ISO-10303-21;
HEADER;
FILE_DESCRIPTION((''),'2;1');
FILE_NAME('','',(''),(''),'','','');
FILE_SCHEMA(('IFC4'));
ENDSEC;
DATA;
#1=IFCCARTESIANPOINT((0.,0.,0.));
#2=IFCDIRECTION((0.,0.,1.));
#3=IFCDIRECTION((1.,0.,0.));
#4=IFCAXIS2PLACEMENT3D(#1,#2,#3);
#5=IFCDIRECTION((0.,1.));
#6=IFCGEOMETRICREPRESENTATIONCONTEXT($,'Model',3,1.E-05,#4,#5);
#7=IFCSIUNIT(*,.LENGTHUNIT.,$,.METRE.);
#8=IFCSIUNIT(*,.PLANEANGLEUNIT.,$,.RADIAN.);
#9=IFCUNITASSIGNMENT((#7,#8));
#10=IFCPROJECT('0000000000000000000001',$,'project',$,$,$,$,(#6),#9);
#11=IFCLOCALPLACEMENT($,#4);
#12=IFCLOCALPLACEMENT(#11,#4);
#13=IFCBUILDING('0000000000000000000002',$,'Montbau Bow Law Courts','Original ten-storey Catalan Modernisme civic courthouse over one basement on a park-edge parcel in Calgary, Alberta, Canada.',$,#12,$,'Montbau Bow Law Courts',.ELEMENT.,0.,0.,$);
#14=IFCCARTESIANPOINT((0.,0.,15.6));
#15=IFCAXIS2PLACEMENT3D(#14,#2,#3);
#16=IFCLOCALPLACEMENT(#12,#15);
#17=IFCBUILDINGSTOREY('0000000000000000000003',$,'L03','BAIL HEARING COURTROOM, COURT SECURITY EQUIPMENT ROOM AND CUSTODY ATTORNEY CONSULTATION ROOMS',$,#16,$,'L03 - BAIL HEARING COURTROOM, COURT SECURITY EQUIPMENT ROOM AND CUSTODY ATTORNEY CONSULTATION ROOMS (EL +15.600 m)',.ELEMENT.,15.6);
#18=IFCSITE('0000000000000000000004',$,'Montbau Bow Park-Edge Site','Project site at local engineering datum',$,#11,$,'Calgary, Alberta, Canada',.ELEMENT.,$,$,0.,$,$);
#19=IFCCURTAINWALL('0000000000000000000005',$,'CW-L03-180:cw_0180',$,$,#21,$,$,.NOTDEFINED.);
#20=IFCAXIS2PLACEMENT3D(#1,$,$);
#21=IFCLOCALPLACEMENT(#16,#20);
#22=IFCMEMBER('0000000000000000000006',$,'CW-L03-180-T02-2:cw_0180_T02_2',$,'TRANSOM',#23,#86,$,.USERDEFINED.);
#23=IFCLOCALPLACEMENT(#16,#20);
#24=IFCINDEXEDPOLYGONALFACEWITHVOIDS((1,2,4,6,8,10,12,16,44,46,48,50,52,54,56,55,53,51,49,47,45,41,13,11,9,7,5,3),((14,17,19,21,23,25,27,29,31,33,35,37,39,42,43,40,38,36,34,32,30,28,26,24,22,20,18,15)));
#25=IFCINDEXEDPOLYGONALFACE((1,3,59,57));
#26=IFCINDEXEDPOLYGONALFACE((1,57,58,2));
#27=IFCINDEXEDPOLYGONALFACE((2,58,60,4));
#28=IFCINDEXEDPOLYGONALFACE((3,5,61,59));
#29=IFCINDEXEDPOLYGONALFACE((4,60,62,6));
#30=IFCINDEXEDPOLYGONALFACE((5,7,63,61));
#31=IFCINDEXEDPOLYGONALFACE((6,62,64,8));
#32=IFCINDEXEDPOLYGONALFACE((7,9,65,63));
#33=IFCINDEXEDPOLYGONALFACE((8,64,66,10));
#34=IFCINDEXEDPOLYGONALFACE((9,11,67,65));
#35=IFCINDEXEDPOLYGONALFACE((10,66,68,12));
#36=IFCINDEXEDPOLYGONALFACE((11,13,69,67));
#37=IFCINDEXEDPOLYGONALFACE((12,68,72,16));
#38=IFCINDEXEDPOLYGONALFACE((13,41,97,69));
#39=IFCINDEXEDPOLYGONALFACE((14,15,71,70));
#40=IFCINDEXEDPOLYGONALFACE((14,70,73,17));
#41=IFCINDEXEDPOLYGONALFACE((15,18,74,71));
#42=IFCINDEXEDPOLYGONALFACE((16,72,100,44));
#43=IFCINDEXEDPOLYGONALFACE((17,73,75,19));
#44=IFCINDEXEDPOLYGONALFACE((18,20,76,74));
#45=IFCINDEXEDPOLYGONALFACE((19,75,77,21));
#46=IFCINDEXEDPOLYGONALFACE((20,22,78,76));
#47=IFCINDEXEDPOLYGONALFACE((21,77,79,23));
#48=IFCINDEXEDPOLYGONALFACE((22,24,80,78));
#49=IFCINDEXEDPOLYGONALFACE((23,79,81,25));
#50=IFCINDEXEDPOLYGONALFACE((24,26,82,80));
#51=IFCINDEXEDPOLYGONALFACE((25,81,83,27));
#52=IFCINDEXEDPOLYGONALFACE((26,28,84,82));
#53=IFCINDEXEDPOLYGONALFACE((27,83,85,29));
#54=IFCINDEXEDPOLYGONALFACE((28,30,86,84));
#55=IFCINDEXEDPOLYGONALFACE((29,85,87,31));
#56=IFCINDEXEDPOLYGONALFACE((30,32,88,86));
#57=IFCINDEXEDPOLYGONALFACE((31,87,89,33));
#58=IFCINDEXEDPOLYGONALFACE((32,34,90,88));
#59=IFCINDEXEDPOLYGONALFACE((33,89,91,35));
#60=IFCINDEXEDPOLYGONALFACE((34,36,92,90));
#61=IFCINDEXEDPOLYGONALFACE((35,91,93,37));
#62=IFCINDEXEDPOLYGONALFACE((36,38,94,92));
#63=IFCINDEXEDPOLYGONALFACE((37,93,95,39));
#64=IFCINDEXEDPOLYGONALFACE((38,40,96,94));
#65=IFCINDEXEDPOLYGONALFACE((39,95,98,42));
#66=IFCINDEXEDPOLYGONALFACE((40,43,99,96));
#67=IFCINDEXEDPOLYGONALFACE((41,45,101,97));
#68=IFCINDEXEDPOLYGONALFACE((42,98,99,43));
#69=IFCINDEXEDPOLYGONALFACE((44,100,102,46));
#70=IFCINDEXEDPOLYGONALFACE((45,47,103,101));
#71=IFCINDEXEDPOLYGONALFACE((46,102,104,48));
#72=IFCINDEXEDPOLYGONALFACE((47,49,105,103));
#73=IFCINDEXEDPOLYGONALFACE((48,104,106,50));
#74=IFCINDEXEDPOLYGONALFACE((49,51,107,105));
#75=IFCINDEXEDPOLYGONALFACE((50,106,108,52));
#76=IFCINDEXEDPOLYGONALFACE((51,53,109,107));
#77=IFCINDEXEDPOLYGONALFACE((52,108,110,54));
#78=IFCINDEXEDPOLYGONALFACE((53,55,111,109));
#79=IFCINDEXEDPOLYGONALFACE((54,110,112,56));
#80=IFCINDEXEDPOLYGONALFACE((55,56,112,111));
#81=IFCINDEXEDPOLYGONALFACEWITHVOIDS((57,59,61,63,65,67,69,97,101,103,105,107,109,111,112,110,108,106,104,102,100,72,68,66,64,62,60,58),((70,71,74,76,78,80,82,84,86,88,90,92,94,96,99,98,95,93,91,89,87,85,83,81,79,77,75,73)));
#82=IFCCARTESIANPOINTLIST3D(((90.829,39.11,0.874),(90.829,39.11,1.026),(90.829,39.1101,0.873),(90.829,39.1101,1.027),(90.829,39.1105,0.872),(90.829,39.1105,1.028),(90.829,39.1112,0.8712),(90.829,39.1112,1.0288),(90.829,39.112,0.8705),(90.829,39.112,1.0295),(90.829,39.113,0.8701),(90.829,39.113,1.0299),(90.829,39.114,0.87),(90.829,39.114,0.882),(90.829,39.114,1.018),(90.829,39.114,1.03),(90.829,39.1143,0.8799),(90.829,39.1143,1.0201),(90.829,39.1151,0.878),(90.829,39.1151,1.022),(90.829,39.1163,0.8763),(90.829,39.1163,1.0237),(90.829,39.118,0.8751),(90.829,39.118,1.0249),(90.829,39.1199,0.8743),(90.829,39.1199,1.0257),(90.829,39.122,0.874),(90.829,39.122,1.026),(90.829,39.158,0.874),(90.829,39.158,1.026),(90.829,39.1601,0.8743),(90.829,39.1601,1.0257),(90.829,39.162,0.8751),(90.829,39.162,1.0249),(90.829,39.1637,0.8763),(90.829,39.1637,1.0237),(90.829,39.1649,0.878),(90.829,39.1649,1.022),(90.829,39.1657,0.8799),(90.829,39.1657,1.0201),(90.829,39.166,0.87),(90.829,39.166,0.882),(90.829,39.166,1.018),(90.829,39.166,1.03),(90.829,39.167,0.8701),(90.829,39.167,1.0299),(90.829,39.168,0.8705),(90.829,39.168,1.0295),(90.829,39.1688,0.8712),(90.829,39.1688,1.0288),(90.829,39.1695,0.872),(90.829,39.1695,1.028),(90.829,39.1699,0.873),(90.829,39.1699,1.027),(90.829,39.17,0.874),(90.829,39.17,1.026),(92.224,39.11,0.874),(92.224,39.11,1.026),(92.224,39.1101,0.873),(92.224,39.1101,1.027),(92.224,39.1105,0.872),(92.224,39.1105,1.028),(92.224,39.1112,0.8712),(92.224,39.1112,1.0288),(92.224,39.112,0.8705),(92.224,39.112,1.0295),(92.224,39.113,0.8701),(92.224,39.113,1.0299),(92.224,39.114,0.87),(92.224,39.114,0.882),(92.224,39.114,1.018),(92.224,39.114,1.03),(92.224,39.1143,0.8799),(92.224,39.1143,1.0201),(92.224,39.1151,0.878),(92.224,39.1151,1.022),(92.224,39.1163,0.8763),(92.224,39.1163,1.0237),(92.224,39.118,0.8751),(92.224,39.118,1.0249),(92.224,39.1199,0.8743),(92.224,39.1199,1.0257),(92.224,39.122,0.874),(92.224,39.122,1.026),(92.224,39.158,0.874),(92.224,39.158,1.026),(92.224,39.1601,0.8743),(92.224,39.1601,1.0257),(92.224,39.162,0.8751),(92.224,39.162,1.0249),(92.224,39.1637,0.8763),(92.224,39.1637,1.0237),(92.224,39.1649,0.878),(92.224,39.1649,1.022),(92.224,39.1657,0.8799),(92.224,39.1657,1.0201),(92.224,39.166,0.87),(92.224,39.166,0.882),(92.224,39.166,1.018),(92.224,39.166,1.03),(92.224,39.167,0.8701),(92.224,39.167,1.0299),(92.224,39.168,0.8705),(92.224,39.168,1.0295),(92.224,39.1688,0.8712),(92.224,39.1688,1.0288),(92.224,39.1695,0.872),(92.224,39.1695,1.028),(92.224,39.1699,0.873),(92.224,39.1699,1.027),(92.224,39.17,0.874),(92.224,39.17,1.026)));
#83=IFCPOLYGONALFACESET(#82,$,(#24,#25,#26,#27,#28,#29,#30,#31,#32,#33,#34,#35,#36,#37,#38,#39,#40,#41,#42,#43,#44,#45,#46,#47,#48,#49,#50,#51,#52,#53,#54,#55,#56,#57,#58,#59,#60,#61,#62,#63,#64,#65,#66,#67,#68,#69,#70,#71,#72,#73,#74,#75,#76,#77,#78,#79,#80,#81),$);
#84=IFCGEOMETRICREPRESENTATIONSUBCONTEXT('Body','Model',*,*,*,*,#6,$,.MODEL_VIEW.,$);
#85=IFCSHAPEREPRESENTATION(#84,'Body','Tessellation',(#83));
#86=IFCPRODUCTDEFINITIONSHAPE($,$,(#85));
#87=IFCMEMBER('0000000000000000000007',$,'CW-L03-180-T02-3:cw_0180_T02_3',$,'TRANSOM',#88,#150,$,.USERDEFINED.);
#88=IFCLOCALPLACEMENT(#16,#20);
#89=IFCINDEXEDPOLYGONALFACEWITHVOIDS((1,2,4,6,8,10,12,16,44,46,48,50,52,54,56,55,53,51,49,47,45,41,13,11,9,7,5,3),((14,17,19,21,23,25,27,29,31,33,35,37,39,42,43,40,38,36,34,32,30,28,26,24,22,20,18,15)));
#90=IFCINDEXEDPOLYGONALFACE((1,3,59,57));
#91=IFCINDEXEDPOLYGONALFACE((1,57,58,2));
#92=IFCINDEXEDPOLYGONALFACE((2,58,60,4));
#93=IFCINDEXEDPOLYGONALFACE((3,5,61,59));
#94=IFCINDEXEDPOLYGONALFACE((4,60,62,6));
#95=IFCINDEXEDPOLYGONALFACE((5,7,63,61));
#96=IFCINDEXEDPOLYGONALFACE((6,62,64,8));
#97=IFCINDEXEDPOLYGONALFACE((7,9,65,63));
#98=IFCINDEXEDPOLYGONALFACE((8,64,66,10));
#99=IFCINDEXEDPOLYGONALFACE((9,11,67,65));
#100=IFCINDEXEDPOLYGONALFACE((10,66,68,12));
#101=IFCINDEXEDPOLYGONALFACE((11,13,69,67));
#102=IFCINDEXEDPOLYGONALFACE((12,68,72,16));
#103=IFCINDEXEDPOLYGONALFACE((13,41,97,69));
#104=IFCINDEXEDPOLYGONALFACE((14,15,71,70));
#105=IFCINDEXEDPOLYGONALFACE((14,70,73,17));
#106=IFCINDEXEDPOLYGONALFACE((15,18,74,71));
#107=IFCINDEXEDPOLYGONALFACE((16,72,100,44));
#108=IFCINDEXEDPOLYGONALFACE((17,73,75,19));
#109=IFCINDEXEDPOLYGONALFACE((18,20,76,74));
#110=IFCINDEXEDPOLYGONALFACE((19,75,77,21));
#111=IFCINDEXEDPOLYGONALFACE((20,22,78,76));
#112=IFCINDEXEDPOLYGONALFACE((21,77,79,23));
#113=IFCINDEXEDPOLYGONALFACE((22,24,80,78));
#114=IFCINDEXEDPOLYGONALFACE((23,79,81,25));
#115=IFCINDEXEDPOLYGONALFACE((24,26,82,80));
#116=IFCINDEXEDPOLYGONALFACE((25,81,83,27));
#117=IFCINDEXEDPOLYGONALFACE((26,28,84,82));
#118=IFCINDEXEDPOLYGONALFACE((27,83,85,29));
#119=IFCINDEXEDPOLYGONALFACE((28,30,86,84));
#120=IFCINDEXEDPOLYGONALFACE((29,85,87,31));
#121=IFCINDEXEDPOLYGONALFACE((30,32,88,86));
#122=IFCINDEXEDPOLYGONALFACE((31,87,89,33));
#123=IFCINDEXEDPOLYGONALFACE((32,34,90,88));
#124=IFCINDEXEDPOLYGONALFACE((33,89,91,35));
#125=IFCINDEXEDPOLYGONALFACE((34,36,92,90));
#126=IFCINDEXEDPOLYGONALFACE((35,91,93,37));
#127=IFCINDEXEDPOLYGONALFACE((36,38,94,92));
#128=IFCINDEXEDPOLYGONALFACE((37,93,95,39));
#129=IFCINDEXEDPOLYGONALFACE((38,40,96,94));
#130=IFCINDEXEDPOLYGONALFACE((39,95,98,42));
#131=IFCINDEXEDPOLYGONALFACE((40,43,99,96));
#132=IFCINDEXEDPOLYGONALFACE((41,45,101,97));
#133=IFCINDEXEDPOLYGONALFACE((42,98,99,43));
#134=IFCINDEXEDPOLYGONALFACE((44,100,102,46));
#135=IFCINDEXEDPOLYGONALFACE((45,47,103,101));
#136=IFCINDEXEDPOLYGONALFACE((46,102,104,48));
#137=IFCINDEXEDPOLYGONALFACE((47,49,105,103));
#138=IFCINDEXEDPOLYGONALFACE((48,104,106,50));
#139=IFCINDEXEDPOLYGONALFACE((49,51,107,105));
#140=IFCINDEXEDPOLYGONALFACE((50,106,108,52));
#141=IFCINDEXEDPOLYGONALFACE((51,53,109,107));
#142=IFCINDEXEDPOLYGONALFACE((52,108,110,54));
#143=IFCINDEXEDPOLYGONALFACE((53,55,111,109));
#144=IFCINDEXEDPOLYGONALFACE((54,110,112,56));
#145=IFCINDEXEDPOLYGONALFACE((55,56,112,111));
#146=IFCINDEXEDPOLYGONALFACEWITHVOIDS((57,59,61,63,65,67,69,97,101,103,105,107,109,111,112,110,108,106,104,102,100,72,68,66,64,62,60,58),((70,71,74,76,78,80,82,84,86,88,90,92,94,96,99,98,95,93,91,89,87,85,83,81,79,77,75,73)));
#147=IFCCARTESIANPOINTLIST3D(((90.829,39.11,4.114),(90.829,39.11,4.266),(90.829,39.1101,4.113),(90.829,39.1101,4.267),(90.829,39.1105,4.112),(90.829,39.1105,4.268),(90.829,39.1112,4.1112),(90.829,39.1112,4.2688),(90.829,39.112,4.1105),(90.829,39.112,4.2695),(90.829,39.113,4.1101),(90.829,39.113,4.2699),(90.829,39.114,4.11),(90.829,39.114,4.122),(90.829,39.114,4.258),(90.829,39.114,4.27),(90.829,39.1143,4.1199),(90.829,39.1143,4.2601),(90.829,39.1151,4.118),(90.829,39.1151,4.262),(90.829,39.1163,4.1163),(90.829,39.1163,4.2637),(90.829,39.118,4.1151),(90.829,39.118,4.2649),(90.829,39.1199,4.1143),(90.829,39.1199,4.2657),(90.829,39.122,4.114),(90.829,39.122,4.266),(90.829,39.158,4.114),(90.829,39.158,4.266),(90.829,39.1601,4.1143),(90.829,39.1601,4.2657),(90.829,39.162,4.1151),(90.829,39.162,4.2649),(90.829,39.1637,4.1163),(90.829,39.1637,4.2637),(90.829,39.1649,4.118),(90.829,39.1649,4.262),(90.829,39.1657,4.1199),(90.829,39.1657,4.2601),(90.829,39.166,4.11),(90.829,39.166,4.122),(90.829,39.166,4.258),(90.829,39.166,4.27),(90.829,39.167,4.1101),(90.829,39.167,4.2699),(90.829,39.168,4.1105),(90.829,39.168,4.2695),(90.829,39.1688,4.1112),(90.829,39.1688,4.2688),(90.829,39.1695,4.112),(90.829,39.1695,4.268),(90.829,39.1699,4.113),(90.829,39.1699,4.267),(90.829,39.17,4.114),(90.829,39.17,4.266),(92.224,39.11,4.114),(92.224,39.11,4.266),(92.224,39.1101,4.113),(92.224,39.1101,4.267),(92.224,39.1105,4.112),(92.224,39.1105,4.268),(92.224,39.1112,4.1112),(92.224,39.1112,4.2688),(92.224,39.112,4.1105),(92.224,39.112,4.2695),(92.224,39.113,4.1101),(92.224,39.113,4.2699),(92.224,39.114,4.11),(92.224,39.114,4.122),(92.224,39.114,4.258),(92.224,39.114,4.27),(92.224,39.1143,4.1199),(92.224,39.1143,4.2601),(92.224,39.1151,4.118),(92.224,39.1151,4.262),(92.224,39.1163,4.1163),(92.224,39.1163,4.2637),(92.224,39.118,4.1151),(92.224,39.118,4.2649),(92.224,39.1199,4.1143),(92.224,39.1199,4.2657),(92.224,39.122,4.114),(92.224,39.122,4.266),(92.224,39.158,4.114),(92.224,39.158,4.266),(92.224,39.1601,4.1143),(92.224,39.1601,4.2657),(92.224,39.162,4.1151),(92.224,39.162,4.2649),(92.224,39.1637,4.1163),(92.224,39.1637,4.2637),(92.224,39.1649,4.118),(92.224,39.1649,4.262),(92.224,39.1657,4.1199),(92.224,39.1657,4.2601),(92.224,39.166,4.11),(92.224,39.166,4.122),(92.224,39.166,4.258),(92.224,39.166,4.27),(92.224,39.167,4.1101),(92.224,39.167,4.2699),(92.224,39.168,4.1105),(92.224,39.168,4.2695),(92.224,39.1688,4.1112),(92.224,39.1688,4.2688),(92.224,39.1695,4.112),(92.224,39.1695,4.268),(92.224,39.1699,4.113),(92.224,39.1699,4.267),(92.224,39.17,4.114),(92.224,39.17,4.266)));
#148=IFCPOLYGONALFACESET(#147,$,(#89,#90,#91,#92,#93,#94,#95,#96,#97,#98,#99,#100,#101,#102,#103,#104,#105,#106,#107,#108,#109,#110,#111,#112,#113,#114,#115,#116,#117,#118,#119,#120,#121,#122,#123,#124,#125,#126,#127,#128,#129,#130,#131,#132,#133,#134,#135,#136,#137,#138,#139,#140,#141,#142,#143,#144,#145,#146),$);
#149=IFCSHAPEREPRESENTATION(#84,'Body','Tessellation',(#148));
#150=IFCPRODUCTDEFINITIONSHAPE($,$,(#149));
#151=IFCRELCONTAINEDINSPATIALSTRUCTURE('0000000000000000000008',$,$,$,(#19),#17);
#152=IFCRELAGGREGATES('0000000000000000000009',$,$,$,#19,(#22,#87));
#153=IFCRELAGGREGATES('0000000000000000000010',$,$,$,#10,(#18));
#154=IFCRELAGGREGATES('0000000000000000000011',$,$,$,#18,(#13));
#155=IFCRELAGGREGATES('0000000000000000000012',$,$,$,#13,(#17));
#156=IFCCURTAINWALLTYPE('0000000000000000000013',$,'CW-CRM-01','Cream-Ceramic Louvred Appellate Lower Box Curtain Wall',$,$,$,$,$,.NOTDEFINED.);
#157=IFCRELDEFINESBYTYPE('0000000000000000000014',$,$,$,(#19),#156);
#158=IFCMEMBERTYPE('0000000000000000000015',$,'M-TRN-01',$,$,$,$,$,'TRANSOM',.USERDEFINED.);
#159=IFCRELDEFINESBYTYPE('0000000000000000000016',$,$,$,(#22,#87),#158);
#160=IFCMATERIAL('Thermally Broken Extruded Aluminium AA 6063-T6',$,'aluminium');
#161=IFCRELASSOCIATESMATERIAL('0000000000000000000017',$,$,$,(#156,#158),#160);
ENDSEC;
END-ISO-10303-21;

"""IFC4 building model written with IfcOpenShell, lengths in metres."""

from ifc_helpers import new_model, si_unit, direction, frame, origin_with_axes, origin_2d_with_axis, place, context, subcontext, project, spatial, hollow_rectangle, extrude, material, material_profile, profile_set, type_object, element, aggregate, save


model = new_model("IFC4")

# Units and contexts
model_context = context("Model", 3, precision=1e-05, world=origin_with_axes(), true_north=direction((0.0, 1.0)))
body_context = subcontext(model_context, "Body", "Model", "MODEL_VIEW")
ifc_project = project(units=[si_unit("LENGTHUNIT", "METRE"), si_unit("PLANEANGLEUNIT", "RADIAN")], contexts=[model_context])

# Site, building, storey
site_placement = place(None, origin_with_axes())
site = spatial("IfcSite", under=ifc_project, at=site_placement, Name="Montbau Bow Park-Edge Site", Description="Project site at local engineering datum", LongName="Calgary, Alberta, Canada", CompositionType="ELEMENT", RefElevation=0.0)
building_placement = place(site_placement, origin_with_axes())
building = spatial("IfcBuilding", under=site, at=building_placement, Name="Montbau Bow Law Courts", Description="Original ten-storey Catalan Modernisme civic courthouse over one basement on a park-edge parcel in Calgary, Alberta, Canada.", LongName="Montbau Bow Law Courts", CompositionType="ELEMENT", ElevationOfRefHeight=0.0, ElevationOfTerrain=0.0)
storey_placement = place(building_placement, frame((0.0, 0.0, 15.6), z_axis=(0.0, 0.0, 1.0), x_axis=(1.0, 0.0, 0.0)))
storey = spatial("IfcBuildingStorey", under=building, at=storey_placement, Name="L03", Description="BAIL HEARING COURTROOM, COURT SECURITY EQUIPMENT ROOM AND CUSTODY ATTORNEY CONSULTATION ROOMS", LongName="L03 - BAIL HEARING COURTROOM, COURT SECURITY EQUIPMENT ROOM AND CUSTODY ATTORNEY CONSULTATION ROOMS (EL +15.600 m)", CompositionType="ELEMENT", Elevation=15.6)

# Curtain wall, members
ifc_material_1 = material(Name="Thermally Broken Extruded Aluminium AA 6063-T6", Category="aluminium")
curtain_wall_type = type_object("IfcCurtainWallType", Name="CW-CRM-01", Description="Cream-Ceramic Louvred Appellate Lower Box Curtain Wall", PredefinedType="NOTDEFINED", material=ifc_material_1)
curtain_wall_placement = place(None, frame((89.315, 39.14, 15.6), z_axis=(0.0, 0.0, 1.0), x_axis=(1.0, 0.0, 0.0)))
curtain_wall = element("IfcCurtainWall", 1, at=curtain_wall_placement, inside=storey, type_object=curtain_wall_type, Name="CW-L03-180:cw_0180", PredefinedType="NOTDEFINED")
ifc_material_profile_1 = material_profile(ifc_material_1, hollow_rectangle(XDim=0.06, YDim=0.16, WallThickness=0.004, InnerFilletRadius=0.008, OuterFilletRadius=0.004, at=origin_2d_with_axis()), Name="CWT-160X60", Category="Main", Priority=0)
ifc_profile_set_1 = profile_set([ifc_material_profile_1], Name="Thermally Broken Extruded Aluminium AA 6063-T6")
member_type_1 = type_object("IfcMemberType", Name="M-TRN-01", ElementType="TRANSOM", PredefinedType="USERDEFINED", material=ifc_profile_set_1)
member_1_placement = place(None, frame((90.829, 39.14, 16.55), z_axis=(1.0, 0.0, 0.0), x_axis=(0.0, 1.0, 0.0)))
member_1 = element("IfcMember", 2, at=member_1_placement, type_object=member_type_1, Name="CW-L03-180-T02-2:cw_0180_T02_2", ObjectType="TRANSOM", PredefinedType="USERDEFINED", context=body_context, shape_type="SweptSolid", body=[
    extrude(hollow_rectangle(XDim=0.06, YDim=0.16, WallThickness=0.004, InnerFilletRadius=0.008, OuterFilletRadius=0.004, at=origin_2d_with_axis()), origin_with_axes(), (0.0, 0.0, 1.0), 1.395),
])
member_2_placement = place(None, frame((90.829, 39.14, 19.79), z_axis=(1.0, 0.0, 0.0), x_axis=(0.0, 1.0, 0.0)))
member_2 = element("IfcMember", 3, at=member_2_placement, type_object=member_type_1, Name="CW-L03-180-T02-3:cw_0180_T02_3", ObjectType="TRANSOM", PredefinedType="USERDEFINED", context=body_context, shape_type="SweptSolid", body=[
    extrude(hollow_rectangle(XDim=0.06, YDim=0.16, WallThickness=0.004, InnerFilletRadius=0.008, OuterFilletRadius=0.004, at=origin_2d_with_axis()), origin_with_axes(), (0.0, 0.0, 1.0), 1.395),
])
aggregate(curtain_wall, [member_1, member_2])

save(model, "model.ifc")
